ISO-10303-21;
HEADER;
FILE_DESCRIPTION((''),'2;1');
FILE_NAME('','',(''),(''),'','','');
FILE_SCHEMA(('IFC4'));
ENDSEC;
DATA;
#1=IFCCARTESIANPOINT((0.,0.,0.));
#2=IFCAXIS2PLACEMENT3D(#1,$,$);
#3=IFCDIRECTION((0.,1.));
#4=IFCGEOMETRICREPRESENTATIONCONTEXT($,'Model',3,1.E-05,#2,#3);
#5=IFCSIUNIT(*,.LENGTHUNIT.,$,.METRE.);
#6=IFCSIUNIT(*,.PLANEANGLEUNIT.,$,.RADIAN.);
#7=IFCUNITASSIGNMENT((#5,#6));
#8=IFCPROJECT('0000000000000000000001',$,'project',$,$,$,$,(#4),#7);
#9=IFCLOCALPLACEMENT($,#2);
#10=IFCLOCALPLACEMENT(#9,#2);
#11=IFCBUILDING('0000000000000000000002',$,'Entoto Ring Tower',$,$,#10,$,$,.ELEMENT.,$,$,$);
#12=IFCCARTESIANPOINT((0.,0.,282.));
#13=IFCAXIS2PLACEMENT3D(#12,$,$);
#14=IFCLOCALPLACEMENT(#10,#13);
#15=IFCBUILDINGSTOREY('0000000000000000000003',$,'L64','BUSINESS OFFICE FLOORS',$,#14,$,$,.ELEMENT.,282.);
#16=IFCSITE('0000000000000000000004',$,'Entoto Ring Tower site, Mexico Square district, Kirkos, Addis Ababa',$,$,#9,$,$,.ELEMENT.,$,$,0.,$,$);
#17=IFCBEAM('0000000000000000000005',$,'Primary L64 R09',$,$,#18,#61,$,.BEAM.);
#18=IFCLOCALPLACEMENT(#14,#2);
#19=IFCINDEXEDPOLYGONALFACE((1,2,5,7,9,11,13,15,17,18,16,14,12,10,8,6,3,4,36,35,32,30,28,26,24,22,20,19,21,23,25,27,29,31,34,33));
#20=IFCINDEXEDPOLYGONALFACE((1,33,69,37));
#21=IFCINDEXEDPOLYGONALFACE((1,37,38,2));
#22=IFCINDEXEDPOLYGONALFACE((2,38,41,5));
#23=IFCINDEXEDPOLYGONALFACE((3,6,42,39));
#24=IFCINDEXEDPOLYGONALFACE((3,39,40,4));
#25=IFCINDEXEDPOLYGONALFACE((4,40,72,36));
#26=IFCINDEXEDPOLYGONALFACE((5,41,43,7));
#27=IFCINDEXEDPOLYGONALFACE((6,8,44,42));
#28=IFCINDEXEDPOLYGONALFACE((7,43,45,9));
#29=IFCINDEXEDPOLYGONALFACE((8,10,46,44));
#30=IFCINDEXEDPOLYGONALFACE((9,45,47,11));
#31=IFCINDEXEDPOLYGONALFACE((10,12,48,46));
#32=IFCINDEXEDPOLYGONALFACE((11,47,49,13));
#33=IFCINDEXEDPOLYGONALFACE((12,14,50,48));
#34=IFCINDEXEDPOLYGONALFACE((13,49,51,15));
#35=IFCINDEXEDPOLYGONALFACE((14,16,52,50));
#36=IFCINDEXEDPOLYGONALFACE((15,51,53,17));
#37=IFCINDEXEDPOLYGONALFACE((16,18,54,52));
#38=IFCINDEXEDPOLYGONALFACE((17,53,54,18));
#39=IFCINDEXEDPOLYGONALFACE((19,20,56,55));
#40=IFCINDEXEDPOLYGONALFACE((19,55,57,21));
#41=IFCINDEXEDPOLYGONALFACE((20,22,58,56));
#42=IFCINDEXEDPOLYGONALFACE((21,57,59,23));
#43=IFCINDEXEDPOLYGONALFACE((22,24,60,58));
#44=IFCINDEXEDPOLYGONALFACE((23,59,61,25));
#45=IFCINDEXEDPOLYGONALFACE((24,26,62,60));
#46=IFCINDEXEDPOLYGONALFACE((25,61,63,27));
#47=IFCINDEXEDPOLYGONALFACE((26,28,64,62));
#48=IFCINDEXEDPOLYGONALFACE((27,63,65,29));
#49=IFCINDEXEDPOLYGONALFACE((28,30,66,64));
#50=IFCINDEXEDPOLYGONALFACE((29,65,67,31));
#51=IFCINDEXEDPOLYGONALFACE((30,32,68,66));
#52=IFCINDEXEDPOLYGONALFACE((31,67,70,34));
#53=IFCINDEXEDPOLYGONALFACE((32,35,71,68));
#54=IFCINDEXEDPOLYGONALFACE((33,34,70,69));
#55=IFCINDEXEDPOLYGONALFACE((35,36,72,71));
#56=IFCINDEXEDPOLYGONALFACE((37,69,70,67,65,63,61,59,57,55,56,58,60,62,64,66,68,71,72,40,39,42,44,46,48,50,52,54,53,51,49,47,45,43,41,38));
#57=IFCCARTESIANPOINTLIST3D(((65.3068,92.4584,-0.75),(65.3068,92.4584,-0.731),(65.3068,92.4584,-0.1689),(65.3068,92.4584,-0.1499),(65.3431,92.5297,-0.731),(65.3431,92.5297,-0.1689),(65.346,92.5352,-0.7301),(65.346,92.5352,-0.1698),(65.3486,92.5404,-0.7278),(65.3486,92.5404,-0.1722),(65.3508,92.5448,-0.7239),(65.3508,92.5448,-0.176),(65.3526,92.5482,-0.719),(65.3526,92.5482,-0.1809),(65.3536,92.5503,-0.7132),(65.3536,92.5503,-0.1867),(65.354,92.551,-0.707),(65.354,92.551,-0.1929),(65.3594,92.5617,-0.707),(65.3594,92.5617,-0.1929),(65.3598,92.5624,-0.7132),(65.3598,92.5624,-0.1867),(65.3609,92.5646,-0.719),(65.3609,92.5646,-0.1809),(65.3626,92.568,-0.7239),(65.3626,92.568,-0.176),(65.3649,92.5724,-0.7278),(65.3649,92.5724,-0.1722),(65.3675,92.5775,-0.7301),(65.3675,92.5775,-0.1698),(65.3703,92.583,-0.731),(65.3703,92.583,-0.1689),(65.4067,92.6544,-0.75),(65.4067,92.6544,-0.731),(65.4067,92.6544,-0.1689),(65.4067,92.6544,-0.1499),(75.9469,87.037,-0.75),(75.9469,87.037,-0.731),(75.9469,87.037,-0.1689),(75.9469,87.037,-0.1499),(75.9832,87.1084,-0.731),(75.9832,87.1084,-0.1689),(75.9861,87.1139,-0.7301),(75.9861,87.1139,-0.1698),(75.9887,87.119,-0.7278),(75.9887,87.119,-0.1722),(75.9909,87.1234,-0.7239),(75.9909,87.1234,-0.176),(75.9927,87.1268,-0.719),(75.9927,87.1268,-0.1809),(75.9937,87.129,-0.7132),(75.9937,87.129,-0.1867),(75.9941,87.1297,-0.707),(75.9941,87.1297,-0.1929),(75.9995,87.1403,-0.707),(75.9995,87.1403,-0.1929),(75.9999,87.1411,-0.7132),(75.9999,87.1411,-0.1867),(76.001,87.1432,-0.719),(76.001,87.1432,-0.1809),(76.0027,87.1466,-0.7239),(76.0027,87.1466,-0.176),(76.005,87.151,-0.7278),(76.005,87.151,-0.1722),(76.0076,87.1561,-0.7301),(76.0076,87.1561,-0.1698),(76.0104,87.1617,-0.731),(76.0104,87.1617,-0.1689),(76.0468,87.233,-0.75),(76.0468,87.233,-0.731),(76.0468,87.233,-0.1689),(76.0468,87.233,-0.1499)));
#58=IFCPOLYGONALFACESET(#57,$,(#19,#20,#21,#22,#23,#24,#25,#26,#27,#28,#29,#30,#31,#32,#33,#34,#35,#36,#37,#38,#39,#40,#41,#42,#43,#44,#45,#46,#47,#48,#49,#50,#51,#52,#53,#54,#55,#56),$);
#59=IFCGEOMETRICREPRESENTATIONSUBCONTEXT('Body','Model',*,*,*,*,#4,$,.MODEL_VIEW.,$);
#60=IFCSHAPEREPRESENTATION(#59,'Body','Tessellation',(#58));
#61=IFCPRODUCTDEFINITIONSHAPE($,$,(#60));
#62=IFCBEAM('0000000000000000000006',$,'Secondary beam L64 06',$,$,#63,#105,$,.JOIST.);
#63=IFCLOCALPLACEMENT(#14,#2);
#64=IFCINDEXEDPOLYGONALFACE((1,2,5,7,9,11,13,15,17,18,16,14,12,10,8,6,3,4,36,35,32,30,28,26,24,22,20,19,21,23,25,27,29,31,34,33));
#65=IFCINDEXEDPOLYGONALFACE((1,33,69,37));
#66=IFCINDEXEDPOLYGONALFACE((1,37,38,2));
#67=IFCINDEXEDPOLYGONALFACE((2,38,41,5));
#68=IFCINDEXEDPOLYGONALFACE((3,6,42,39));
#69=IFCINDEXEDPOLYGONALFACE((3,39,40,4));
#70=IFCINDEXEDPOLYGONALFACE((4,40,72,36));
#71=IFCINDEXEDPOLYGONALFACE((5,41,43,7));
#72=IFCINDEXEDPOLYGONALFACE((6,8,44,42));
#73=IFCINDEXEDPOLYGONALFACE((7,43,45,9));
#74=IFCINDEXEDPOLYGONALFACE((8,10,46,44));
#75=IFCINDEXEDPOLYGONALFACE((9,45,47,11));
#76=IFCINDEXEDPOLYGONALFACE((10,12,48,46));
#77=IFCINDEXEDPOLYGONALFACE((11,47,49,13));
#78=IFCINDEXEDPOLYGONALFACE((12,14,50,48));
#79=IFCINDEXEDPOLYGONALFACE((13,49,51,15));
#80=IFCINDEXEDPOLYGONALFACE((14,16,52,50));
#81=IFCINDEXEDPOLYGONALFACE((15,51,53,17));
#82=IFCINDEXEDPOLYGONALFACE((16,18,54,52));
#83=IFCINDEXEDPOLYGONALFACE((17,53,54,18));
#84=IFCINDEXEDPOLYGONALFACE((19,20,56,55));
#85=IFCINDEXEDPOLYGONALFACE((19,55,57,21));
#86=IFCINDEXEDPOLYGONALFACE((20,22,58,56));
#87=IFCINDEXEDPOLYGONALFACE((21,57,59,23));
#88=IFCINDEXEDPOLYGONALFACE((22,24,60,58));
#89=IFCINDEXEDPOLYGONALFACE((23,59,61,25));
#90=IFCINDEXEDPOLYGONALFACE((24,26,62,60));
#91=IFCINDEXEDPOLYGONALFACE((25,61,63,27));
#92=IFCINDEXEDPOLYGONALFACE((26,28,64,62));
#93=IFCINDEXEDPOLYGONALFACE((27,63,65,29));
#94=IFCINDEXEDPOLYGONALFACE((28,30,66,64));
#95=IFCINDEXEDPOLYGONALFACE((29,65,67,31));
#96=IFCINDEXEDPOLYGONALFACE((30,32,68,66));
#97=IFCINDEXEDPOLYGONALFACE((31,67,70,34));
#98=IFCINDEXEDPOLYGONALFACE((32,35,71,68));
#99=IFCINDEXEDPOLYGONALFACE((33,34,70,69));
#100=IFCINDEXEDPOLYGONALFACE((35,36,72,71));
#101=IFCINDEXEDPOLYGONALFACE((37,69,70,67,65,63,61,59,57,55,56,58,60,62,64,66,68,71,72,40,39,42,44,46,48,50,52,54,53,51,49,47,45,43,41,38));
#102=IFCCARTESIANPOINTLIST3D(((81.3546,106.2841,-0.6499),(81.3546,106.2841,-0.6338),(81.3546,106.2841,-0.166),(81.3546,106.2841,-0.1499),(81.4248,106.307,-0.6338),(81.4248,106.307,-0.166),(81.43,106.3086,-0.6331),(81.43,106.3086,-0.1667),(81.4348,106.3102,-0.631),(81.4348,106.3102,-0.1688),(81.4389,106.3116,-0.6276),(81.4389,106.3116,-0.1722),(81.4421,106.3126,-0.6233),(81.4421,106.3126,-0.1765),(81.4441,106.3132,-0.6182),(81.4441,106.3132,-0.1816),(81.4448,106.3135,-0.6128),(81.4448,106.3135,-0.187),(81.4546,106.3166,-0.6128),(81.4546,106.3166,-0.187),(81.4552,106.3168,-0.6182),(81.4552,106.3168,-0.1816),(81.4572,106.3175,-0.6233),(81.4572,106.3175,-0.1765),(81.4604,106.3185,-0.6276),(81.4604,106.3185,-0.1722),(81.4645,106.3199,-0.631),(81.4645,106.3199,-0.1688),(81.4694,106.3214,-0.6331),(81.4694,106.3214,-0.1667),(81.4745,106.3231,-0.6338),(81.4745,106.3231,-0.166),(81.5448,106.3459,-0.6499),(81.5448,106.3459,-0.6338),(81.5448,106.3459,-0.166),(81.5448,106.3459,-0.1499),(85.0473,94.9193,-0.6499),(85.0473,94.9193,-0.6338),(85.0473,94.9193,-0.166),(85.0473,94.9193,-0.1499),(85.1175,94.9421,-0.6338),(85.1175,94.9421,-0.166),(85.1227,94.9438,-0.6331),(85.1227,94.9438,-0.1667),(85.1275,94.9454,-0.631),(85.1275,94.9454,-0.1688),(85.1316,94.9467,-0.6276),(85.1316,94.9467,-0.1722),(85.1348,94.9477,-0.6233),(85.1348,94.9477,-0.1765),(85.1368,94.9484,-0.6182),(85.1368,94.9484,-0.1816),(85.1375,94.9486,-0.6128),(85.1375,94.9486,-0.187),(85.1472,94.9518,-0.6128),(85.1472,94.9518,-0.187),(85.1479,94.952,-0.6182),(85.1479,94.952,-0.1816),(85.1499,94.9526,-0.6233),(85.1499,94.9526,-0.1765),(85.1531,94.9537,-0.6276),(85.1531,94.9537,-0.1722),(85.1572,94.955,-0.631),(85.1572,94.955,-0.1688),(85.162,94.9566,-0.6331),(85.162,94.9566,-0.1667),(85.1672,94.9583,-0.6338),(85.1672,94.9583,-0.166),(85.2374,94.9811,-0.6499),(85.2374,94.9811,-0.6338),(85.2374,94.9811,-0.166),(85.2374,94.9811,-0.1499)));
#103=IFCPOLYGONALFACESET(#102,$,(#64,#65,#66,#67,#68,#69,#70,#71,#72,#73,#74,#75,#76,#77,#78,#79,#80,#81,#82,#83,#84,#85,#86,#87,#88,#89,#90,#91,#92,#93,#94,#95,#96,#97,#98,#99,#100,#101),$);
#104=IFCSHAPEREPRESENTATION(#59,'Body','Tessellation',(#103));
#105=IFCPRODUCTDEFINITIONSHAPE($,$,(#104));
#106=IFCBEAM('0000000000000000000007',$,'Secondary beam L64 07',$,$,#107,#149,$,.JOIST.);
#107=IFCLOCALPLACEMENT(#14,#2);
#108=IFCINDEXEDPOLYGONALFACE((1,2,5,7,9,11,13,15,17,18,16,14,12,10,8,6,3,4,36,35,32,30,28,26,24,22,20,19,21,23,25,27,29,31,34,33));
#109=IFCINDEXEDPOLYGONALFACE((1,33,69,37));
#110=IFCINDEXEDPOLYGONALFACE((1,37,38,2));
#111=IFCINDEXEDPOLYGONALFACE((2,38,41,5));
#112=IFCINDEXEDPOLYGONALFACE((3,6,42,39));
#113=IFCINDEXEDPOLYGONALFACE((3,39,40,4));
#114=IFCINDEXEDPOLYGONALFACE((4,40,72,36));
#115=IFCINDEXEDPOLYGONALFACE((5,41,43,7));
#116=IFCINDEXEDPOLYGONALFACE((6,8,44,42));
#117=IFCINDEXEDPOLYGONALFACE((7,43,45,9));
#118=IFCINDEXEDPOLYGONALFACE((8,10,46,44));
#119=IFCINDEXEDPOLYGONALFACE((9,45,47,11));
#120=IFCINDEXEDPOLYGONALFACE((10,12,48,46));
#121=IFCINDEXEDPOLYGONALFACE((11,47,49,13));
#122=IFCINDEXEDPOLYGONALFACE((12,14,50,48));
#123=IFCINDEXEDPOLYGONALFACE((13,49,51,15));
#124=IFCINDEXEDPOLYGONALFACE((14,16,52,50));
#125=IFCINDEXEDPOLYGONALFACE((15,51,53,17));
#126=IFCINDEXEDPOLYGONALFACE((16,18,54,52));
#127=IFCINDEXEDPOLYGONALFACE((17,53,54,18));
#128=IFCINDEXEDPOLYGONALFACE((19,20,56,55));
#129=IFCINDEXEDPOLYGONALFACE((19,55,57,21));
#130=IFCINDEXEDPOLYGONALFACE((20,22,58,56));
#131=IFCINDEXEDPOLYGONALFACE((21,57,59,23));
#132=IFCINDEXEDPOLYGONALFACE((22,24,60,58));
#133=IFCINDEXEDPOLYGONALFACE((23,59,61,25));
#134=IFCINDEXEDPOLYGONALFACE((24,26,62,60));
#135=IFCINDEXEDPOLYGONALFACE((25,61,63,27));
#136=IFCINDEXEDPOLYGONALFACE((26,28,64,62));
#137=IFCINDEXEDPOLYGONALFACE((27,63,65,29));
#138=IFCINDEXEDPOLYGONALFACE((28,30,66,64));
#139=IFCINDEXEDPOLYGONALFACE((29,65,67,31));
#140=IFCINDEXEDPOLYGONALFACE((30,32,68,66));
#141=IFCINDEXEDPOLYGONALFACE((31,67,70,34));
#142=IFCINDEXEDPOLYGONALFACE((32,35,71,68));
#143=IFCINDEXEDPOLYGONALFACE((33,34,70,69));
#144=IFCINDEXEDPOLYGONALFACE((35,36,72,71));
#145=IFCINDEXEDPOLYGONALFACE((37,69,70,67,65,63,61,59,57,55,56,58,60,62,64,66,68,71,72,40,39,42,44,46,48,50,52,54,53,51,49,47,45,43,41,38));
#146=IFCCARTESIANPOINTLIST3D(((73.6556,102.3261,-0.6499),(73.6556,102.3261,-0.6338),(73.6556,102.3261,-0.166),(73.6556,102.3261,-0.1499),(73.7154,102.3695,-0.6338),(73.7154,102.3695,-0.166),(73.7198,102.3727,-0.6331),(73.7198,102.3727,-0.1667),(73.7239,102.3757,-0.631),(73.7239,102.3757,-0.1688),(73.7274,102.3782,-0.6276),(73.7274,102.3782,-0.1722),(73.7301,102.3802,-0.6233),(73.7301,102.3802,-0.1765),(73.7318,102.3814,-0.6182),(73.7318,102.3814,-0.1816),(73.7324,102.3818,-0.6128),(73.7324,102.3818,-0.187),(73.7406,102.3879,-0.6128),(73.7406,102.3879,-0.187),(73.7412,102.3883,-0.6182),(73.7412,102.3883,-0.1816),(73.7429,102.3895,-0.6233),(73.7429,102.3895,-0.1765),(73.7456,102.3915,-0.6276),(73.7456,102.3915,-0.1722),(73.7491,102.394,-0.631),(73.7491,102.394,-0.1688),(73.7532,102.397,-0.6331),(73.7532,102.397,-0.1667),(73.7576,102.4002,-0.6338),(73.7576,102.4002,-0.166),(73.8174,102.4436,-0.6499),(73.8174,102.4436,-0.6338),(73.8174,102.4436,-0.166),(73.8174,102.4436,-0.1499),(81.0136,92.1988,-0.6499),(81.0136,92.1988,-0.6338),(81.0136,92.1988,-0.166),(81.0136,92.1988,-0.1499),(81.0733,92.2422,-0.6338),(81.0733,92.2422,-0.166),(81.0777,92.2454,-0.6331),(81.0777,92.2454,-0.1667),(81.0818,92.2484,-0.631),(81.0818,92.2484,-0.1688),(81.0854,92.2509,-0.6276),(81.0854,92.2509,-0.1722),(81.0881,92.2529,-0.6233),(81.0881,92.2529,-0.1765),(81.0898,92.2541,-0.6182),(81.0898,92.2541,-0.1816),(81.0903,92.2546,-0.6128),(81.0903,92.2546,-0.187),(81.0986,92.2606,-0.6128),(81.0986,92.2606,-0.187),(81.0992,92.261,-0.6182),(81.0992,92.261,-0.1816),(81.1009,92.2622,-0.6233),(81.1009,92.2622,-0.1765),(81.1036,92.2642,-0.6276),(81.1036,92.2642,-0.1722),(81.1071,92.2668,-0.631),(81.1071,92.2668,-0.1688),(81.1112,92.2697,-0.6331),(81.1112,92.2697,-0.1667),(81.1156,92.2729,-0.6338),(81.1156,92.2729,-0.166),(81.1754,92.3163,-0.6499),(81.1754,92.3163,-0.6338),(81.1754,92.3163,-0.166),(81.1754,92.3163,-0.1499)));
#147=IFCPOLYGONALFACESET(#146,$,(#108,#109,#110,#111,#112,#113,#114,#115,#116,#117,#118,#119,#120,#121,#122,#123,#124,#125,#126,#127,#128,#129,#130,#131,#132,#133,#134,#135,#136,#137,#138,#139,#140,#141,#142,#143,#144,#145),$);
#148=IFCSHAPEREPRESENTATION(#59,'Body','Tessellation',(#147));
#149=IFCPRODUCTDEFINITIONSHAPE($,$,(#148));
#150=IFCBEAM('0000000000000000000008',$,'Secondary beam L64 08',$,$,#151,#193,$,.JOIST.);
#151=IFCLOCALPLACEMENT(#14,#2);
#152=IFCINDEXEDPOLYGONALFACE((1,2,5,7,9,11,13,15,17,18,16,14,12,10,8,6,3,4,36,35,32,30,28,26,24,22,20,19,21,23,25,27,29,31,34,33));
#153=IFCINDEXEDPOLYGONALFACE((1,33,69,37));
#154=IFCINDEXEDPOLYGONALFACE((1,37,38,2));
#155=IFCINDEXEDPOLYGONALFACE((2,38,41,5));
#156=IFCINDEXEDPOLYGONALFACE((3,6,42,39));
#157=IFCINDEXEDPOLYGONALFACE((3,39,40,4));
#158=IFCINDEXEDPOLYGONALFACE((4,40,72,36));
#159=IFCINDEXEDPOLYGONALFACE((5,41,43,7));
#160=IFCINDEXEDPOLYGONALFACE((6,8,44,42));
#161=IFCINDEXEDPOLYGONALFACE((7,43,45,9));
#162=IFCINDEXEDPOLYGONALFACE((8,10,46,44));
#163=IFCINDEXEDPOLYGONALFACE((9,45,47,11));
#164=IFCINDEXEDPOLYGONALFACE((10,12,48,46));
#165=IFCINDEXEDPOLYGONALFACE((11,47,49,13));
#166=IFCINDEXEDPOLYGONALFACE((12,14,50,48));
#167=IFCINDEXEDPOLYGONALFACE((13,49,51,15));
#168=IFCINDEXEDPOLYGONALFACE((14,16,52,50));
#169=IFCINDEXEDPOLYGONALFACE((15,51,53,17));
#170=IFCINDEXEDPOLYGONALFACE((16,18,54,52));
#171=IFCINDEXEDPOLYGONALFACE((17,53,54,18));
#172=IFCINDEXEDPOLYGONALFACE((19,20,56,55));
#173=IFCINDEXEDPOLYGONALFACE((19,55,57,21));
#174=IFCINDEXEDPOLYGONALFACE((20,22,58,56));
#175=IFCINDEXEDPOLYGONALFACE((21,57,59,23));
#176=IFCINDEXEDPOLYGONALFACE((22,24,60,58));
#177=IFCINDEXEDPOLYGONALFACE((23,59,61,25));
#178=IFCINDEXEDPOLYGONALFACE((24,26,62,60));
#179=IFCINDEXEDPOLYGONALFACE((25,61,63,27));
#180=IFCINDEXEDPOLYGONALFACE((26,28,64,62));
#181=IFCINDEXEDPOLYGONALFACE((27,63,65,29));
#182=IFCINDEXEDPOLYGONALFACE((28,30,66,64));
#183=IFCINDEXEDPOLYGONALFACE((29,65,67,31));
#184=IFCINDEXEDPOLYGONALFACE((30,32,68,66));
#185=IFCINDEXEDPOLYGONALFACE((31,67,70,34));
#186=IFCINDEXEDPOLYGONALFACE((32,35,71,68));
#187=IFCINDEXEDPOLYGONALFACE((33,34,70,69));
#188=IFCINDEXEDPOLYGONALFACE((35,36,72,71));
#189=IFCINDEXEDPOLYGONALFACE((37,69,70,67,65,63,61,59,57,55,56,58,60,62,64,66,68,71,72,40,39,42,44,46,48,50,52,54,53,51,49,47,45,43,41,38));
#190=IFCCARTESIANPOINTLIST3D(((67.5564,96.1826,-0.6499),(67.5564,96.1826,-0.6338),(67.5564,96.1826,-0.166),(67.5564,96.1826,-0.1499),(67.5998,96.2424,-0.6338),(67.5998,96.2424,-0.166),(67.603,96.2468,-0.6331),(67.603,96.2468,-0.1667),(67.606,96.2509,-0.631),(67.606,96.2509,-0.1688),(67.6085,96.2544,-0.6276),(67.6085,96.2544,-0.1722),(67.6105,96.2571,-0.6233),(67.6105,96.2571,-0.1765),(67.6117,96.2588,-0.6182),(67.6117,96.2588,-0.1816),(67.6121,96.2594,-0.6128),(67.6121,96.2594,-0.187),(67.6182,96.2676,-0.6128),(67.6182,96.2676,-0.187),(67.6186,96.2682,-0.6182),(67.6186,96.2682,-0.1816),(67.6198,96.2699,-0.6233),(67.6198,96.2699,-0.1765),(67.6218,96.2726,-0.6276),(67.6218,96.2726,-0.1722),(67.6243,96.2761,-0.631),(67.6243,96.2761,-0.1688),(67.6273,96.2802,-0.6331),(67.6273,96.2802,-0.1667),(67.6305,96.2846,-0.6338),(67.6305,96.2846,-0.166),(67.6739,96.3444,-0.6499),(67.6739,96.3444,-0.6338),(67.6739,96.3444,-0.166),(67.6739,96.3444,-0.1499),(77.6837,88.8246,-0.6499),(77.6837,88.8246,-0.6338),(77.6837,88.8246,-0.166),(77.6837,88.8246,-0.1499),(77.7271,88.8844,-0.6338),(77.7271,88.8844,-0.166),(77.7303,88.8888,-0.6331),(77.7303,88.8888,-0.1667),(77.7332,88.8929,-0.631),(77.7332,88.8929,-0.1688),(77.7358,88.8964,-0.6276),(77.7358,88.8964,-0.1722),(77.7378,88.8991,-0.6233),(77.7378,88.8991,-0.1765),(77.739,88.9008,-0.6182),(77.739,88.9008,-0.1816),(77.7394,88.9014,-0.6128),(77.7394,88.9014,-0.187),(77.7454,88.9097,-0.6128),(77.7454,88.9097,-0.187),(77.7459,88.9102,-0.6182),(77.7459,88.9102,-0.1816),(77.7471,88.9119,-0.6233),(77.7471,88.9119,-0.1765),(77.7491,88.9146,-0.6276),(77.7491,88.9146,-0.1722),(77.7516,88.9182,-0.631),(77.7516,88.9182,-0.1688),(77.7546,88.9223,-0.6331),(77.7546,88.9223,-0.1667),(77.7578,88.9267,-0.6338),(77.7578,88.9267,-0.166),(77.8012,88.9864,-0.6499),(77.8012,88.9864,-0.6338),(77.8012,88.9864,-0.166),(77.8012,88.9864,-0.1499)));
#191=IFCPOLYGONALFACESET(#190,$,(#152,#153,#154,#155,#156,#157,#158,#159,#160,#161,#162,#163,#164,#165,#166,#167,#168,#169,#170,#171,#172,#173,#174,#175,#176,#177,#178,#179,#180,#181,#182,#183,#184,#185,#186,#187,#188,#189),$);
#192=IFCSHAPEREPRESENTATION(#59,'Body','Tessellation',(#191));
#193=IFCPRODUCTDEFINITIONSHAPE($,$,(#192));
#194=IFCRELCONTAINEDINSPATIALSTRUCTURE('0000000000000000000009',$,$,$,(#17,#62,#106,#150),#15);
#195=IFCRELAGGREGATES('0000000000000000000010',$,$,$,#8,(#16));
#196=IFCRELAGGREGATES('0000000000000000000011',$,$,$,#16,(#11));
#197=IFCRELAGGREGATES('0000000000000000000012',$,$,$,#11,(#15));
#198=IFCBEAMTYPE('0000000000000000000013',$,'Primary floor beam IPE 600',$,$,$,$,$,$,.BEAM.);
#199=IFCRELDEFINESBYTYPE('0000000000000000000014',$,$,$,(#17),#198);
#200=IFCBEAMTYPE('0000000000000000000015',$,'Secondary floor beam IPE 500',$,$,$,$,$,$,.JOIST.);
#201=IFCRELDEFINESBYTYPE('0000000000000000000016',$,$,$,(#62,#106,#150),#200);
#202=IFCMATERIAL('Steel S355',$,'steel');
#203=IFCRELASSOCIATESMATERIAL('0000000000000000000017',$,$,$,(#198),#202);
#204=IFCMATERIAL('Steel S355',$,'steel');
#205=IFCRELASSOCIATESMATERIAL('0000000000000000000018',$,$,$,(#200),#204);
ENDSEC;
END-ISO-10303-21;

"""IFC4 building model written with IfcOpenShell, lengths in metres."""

from ifc_helpers import new_model, si_unit, direction, frame, origin, origin_2d, place, context, subcontext, project, spatial, i_section, extrude, material, material_profile, profile_set, type_object, element, save


model = new_model("IFC4")

# Units and contexts
model_context = context("Model", 3, precision=1e-05, world=origin(), true_north=direction((0.0, 1.0)))
body_context = subcontext(model_context, "Body", "Model", "MODEL_VIEW")
ifc_project = project(units=[si_unit("LENGTHUNIT", "METRE"), si_unit("PLANEANGLEUNIT", "RADIAN")], contexts=[model_context])

# Site, building, storey
site_placement = place(None, origin())
site = spatial("IfcSite", under=ifc_project, at=site_placement, Name="Entoto Ring Tower site, Mexico Square district, Kirkos, Addis Ababa", CompositionType="ELEMENT", RefElevation=0.0)
building_placement = place(site_placement, origin())
building = spatial("IfcBuilding", under=site, at=building_placement, Name="Entoto Ring Tower", CompositionType="ELEMENT")
storey_placement = place(building_placement, frame((0.0, 0.0, 282.0)))
storey = spatial("IfcBuildingStorey", under=building, at=storey_placement, Name="L64", Description="BUSINESS OFFICE FLOORS", CompositionType="ELEMENT", Elevation=282.0)

# Beams
ifc_material_1 = material(Name="Steel S355", Category="steel")
ifc_material_profile_1 = material_profile(ifc_material_1, i_section(OverallWidth=0.22, OverallDepth=0.6001, WebThickness=0.012, FlangeThickness=0.019, FilletRadius=0.0239, at=origin_2d()), Name="IPE 600")
ifc_profile_set_1 = profile_set([ifc_material_profile_1], Name="Steel S355")
beam_type_1 = type_object("IfcBeamType", Name="Primary floor beam IPE 600", PredefinedType="BEAM", material=ifc_profile_set_1)
beam_1_placement = place(storey_placement, frame((75.9968, 87.135, -0.45), z_axis=(-0.891008, 0.453988, 0.0), x_axis=(-0.453988, -0.891008, 0.0)))
element("IfcBeam", 1, at=beam_1_placement, inside=storey, type_object=beam_type_1, Name="Primary L64 R09", PredefinedType="BEAM", context=body_context, shape_type="SweptSolid", body=[
    extrude(i_section(OverallWidth=0.22, OverallDepth=0.6001, WebThickness=0.012, FlangeThickness=0.019, FilletRadius=0.0239, at=origin_2d()), origin(), (0.0, 0.0, 1.0), 11.9417),
])
ifc_material_2 = material(Name="Steel S355", Category="steel")
ifc_material_profile_2 = material_profile(ifc_material_2, i_section(OverallWidth=0.2, OverallDepth=0.5, WebThickness=0.0103, FlangeThickness=0.0161, FilletRadius=0.021, at=origin_2d()), Name="IPE 500")
ifc_profile_set_2 = profile_set([ifc_material_profile_2], Name="Steel S355")
beam_type_2 = type_object("IfcBeamType", Name="Secondary floor beam IPE 500", PredefinedType="JOIST", material=ifc_profile_set_2)
beam_2_placement = place(storey_placement, frame((85.1423, 94.9502, -0.3999), z_axis=(-0.309017, 0.951057, 0.0), x_axis=(-0.951057, -0.309017, 0.0)))
element("IfcBeam", 2, at=beam_2_placement, inside=storey, type_object=beam_type_2, Name="Secondary beam L64 06", PredefinedType="JOIST", context=body_context, shape_type="SweptSolid", body=[
    extrude(i_section(OverallWidth=0.2, OverallDepth=0.5, WebThickness=0.0103, FlangeThickness=0.0161, FilletRadius=0.021, at=origin_2d()), origin(), (0.0, 0.0, 1.0), 11.9497),
])
for number, where, z_axis, x_axis, name in (
    (3, (81.0945, 92.2576, -0.3999), (-0.587789, 0.809014, 0.0), (-0.809014, -0.587789, 0.0), "Secondary beam L64 07"),
    (4, (77.7424, 88.9055, -0.3999), (-0.809014, 0.587789, 0.0), (-0.587789, -0.809014, 0.0), "Secondary beam L64 08"),
):
    element("IfcBeam", number, at=place(storey_placement, frame(where, z_axis=z_axis, x_axis=x_axis)), inside=storey, type_object=beam_type_2, Name=name, PredefinedType="JOIST", context=body_context, shape_type="SweptSolid", body=[
        extrude(i_section(OverallWidth=0.2, OverallDepth=0.5, WebThickness=0.0103, FlangeThickness=0.0161, FilletRadius=0.021, at=origin_2d()), origin(), (0.0, 0.0, 1.0), 12.5181),
    ])

save(model, "model.ifc")
